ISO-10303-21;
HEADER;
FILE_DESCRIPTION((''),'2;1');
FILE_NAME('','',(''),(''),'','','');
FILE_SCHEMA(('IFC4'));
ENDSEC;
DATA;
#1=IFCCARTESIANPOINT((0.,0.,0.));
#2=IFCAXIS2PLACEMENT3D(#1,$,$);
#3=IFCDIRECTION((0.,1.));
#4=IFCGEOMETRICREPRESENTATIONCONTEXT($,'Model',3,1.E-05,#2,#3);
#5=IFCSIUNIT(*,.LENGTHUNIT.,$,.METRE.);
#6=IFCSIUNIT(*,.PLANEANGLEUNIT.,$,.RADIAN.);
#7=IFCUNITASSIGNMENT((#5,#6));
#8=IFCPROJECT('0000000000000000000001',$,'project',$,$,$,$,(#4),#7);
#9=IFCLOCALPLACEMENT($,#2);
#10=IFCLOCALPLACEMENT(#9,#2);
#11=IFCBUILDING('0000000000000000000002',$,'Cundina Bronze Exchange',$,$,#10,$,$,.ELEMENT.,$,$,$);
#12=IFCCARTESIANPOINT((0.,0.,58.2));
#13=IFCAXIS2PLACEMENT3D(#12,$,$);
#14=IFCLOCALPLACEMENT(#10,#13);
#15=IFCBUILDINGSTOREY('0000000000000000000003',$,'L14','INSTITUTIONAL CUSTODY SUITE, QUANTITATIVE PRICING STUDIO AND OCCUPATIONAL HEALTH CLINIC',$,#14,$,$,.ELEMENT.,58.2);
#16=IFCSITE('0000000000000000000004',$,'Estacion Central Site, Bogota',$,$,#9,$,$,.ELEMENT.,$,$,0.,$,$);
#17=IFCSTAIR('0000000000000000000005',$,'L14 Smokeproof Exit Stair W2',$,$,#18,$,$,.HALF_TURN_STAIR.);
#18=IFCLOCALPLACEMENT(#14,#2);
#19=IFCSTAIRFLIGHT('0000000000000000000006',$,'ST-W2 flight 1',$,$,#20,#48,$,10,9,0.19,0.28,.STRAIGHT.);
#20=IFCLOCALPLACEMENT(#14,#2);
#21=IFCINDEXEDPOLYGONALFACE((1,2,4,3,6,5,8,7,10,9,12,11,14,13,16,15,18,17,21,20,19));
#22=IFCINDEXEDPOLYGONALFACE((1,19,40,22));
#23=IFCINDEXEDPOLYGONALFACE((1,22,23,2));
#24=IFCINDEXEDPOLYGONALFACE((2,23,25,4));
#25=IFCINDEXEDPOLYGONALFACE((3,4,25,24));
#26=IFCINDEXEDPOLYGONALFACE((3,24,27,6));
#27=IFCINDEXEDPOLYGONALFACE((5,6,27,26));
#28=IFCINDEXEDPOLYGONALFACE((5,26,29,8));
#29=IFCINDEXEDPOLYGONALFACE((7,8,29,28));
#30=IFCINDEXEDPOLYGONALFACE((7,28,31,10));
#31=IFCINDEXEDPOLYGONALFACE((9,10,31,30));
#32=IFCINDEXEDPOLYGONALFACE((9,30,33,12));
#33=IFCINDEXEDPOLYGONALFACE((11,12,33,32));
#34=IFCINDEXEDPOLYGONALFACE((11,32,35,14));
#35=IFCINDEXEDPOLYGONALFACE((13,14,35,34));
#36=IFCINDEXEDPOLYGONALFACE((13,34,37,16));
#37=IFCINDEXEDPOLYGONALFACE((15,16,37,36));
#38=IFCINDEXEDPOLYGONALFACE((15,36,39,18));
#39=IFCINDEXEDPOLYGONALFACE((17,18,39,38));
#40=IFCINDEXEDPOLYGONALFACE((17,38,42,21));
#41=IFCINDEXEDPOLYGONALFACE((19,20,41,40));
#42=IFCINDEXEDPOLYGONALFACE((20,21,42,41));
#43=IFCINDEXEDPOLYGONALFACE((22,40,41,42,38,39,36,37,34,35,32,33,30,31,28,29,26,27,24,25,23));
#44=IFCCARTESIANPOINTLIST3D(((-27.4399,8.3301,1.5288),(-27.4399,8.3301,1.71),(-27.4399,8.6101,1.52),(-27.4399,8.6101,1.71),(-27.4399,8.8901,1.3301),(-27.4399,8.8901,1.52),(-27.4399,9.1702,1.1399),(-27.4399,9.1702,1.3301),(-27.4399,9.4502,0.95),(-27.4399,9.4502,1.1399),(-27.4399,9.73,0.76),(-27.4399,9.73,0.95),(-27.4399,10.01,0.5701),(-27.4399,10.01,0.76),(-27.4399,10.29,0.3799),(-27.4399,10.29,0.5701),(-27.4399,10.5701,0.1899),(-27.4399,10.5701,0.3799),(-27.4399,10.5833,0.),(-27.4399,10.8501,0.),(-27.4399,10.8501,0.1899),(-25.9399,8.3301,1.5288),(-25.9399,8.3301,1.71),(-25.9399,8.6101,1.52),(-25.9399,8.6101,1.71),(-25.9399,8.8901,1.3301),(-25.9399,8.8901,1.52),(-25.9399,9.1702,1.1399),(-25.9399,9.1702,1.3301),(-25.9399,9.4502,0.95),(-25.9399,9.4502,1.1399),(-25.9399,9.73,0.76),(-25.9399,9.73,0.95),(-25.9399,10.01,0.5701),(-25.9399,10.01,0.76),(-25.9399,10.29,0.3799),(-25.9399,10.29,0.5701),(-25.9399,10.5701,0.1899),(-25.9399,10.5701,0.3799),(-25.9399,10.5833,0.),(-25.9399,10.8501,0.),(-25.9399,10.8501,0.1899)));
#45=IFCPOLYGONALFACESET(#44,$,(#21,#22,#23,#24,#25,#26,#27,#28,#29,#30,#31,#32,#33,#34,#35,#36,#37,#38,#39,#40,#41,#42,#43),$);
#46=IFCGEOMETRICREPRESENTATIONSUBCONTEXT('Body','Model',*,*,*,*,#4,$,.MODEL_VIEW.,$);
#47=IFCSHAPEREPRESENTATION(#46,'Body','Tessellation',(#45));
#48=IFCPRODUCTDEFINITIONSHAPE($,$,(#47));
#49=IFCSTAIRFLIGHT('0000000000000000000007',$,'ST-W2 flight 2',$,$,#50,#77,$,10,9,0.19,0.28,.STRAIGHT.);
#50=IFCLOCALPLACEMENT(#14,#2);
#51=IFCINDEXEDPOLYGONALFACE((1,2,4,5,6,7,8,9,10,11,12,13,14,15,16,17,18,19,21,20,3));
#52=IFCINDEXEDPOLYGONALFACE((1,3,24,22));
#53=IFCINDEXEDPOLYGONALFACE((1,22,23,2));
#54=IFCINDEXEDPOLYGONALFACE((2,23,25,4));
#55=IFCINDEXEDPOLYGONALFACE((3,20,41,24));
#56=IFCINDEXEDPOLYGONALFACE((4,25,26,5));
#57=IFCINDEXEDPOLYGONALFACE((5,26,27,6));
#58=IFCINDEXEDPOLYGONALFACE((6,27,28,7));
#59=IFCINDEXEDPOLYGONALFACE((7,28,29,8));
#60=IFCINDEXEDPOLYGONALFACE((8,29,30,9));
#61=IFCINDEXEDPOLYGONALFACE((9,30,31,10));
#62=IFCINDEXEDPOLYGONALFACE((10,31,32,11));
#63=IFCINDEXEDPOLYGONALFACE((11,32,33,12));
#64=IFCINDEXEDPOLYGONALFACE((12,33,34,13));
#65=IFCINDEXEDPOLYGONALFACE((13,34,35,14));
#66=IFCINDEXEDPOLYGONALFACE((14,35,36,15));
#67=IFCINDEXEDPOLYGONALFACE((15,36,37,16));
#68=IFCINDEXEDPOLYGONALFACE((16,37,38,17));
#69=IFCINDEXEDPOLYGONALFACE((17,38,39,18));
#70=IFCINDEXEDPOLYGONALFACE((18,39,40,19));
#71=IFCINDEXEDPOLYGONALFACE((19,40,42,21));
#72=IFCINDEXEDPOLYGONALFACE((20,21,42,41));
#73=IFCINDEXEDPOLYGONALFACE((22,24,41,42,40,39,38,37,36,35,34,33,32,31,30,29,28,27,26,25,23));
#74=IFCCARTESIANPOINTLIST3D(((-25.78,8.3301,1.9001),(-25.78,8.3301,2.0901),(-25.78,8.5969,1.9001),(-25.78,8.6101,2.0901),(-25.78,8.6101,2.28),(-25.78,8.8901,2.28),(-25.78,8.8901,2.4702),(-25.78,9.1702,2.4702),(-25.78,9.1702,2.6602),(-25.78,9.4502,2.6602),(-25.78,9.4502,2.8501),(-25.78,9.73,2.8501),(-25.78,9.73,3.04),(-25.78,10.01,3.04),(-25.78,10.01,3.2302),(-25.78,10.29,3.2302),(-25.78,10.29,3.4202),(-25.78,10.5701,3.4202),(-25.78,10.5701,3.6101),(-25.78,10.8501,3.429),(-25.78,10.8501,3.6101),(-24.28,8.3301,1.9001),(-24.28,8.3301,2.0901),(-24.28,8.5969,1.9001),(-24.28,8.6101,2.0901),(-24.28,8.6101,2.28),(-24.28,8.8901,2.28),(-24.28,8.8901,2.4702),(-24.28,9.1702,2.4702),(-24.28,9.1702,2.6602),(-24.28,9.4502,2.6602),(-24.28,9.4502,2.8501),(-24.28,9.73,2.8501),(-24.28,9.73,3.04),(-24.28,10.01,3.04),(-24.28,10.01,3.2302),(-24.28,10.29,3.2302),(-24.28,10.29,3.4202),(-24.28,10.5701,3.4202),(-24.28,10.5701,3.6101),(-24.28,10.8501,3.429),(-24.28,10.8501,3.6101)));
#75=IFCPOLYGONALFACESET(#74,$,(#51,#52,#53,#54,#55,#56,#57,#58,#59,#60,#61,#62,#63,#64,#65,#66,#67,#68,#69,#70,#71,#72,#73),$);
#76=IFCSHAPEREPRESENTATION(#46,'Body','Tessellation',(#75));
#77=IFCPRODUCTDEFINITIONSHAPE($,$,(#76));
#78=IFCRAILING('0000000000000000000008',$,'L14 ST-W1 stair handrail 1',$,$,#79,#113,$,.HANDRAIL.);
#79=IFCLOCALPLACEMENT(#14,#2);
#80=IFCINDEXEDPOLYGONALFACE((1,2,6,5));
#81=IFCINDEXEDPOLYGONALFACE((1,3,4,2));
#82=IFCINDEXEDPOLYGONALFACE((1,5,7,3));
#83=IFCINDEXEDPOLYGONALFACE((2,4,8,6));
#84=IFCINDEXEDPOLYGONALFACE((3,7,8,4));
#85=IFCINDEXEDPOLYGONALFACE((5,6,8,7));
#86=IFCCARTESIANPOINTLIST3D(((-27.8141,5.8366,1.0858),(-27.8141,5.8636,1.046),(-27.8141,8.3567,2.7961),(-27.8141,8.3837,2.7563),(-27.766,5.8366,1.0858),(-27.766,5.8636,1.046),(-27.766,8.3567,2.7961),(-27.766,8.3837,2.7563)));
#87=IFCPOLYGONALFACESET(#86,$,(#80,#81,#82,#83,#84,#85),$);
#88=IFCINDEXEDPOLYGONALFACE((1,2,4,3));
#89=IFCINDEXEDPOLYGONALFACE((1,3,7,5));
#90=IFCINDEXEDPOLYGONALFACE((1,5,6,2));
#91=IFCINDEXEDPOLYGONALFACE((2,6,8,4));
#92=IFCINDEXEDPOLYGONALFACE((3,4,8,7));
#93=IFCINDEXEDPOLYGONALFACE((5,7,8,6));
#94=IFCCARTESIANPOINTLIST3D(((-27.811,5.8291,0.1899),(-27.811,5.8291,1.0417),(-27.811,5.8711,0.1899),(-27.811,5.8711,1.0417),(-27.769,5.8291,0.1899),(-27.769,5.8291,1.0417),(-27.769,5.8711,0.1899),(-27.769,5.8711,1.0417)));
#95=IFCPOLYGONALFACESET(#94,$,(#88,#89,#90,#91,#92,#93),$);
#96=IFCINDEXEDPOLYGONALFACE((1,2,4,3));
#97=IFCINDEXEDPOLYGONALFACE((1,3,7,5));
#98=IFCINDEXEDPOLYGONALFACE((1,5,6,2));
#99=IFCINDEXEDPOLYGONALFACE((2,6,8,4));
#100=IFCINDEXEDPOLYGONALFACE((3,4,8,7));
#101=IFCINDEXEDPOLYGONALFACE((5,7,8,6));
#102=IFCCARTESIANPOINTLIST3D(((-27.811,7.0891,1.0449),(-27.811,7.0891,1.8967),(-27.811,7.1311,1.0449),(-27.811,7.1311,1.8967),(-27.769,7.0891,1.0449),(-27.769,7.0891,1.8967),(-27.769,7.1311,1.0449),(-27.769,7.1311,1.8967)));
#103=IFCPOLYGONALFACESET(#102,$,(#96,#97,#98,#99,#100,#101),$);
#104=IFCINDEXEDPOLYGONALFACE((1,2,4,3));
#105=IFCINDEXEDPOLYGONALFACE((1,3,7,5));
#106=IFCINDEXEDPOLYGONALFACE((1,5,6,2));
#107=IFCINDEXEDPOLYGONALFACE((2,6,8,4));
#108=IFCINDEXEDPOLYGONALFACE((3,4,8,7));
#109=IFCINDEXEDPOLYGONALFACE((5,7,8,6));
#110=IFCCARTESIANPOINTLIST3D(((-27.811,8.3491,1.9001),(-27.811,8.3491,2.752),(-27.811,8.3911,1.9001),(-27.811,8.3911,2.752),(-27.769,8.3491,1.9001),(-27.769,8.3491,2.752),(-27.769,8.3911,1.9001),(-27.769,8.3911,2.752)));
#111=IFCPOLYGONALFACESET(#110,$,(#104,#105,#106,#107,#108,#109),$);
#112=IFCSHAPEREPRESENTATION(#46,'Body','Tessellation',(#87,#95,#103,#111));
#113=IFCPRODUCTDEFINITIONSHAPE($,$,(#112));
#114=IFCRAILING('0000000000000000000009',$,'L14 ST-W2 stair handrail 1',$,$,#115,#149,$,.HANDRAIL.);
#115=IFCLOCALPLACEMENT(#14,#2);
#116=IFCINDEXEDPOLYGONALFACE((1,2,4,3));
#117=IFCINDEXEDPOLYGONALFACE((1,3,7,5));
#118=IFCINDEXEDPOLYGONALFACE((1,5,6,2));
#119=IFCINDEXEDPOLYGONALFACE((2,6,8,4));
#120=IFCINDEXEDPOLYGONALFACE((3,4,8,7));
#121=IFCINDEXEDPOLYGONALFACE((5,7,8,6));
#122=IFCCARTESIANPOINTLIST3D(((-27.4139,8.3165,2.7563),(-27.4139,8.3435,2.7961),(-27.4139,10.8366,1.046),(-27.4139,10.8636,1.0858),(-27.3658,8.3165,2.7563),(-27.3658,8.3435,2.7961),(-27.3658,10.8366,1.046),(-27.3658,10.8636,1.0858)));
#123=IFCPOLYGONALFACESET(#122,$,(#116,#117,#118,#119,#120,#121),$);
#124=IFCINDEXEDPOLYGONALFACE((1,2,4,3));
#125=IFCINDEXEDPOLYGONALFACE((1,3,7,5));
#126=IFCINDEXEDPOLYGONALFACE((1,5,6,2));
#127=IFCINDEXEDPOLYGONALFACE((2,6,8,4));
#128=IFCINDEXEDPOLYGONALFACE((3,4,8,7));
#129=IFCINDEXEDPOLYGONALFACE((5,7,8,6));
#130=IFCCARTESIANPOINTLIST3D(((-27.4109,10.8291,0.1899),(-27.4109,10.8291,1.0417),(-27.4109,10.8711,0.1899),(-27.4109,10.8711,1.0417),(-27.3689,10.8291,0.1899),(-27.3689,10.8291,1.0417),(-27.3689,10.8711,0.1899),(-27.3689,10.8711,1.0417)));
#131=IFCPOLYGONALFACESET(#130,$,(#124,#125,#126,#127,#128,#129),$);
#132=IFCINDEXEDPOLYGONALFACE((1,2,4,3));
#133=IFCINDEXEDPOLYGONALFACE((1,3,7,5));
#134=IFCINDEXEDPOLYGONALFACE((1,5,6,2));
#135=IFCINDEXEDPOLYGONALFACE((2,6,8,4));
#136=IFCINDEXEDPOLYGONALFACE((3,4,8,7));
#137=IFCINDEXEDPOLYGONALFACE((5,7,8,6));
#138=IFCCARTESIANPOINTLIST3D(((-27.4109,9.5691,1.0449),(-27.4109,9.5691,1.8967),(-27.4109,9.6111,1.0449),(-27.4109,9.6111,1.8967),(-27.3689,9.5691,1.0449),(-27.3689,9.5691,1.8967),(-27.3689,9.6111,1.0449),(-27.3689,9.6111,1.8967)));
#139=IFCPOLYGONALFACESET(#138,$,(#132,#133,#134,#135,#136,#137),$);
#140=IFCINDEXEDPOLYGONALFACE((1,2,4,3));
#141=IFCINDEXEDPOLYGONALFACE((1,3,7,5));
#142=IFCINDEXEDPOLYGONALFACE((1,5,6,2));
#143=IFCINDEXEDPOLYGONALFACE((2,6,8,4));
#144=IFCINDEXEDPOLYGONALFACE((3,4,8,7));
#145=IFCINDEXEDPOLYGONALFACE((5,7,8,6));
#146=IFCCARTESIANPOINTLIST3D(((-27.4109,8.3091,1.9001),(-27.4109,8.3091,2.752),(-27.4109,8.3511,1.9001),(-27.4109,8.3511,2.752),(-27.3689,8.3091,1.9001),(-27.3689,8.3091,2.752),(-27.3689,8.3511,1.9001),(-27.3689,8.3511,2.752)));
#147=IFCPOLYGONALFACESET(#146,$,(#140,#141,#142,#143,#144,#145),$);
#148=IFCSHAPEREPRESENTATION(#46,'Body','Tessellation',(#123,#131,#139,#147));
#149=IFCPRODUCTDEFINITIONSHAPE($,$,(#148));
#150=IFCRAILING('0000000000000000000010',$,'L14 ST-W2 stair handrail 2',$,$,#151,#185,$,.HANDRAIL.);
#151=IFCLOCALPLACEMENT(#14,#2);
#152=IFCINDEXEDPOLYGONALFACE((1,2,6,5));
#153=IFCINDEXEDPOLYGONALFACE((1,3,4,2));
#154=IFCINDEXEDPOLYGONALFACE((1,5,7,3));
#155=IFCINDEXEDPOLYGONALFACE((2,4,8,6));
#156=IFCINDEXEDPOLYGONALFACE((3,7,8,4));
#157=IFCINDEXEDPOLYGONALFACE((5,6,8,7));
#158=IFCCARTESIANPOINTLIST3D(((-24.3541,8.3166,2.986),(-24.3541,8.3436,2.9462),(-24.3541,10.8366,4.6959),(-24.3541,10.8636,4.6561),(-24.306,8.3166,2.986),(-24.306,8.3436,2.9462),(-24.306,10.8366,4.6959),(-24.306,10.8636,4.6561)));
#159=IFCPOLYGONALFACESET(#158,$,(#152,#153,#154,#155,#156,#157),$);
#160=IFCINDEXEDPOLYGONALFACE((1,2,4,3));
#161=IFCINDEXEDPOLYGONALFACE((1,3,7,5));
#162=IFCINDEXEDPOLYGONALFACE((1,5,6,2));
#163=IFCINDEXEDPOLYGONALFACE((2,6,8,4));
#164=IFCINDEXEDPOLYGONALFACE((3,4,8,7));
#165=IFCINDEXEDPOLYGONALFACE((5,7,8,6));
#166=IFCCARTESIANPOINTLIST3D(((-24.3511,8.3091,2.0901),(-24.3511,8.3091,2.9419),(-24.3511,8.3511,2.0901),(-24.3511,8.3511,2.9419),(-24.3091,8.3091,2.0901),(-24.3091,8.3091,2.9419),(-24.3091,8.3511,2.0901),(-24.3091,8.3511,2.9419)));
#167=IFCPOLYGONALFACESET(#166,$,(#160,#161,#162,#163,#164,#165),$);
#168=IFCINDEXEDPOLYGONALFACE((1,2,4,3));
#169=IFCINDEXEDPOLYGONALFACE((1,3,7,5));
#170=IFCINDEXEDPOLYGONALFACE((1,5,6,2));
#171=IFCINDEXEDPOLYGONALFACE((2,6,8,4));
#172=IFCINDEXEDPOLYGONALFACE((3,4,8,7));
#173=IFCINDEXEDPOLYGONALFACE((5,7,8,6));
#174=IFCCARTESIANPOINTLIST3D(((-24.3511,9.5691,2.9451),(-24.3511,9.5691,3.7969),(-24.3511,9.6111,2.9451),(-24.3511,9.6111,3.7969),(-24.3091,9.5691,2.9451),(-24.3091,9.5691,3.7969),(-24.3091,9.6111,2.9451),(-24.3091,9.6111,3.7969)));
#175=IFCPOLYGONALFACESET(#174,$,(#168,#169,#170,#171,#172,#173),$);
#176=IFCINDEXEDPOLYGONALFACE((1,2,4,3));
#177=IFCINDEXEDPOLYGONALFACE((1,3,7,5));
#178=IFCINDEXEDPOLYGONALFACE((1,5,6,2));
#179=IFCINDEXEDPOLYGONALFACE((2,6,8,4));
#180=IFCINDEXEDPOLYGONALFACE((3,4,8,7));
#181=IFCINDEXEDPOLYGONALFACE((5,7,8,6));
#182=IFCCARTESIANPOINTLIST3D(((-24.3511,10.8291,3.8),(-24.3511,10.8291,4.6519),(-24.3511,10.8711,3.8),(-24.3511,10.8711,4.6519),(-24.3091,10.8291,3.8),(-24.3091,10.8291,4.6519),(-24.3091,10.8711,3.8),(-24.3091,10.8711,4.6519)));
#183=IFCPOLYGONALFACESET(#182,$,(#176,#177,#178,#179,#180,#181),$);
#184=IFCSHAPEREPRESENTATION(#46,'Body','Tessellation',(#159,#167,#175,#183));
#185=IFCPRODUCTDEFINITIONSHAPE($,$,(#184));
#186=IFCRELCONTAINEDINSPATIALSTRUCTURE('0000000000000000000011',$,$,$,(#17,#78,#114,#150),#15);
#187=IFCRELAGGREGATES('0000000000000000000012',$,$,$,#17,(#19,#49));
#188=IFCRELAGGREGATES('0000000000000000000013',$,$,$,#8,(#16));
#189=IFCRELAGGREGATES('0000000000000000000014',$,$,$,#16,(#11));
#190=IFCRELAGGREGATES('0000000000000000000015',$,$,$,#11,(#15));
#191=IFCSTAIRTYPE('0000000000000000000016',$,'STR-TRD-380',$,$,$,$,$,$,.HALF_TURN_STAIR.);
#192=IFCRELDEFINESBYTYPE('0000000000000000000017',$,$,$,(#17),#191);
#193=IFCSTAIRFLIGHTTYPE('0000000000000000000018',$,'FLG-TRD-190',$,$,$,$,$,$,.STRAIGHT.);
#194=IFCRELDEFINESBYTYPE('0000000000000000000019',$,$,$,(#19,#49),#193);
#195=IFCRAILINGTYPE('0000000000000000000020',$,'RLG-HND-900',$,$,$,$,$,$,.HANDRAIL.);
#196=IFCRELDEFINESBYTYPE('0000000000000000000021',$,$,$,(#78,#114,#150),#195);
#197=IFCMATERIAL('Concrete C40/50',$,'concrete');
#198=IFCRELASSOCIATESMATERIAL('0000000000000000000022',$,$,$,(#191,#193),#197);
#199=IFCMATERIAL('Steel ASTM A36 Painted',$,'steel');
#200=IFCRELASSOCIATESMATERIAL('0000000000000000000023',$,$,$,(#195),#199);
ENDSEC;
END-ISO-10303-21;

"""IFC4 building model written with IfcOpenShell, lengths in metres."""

from ifc_helpers import new_model, si_unit, direction, frame, origin, origin_2d, place, context, subcontext, project, spatial, polyline, rectangle, outline, extrude, material, type_object, element, aggregate, save


model = new_model("IFC4")

# Units and contexts
model_context = context("Model", 3, precision=1e-05, world=origin(), true_north=direction((0.0, 1.0)))
body_context = subcontext(model_context, "Body", "Model", "MODEL_VIEW")
ifc_project = project(units=[si_unit("LENGTHUNIT", "METRE"), si_unit("PLANEANGLEUNIT", "RADIAN")], contexts=[model_context])

# Site, building, storey
site_placement = place(None, origin())
site = spatial("IfcSite", under=ifc_project, at=site_placement, Name="Estacion Central Site, Bogota", CompositionType="ELEMENT", RefElevation=0.0)
building_placement = place(site_placement, origin())
building = spatial("IfcBuilding", under=site, at=building_placement, Name="Cundina Bronze Exchange", CompositionType="ELEMENT")
storey_placement = place(building_placement, frame((0.0, 0.0, 58.2)))
storey = spatial("IfcBuildingStorey", under=building, at=storey_placement, Name="L14", Description="INSTITUTIONAL CUSTODY SUITE, QUANTITATIVE PRICING STUDIO AND OCCUPATIONAL HEALTH CLINIC", CompositionType="ELEMENT", Elevation=58.2)

# Shared definitions
ifc_material_1 = material(Name="Steel ASTM A36 Painted", Category="steel")

# Stair, stair flights
ifc_material_2 = material(Name="Concrete C40/50", Category="concrete")
stair_type = type_object("IfcStairType", Name="STR-TRD-380", PredefinedType="HALF_TURN_STAIR", material=ifc_material_2)
stair_placement = place(storey_placement, origin())
stair = element("IfcStair", 1, at=stair_placement, inside=storey, type_object=stair_type, Name="L14 Smokeproof Exit Stair W2", PredefinedType="HALF_TURN_STAIR")
stair_flight_type = type_object("IfcStairFlightType", Name="FLG-TRD-190", PredefinedType="STRAIGHT", material=ifc_material_2)
stair_flight_1_placement = place(storey_placement, frame((-26.6899, 10.8501, 0.0), z_axis=(0.0, 0.0, 1.0), x_axis=(0.0, -1.0, 0.0)))
stair_flight_1 = element("IfcStairFlight", 2, at=stair_flight_1_placement, type_object=stair_flight_type, Name="ST-W2 flight 1", NumberOfRisers=10, NumberOfTreads=9, PredefinedType="STRAIGHT", RiserHeight=0.19, TreadLength=0.28, context=body_context, shape_type="SweptSolid", body=[
    extrude(outline(polyline([(0.0, 0.0), (0.0, 0.1899), (0.28, 0.1899), (0.28, 0.3799), (0.5601, 0.3799), (0.5601, 0.5701), (0.8401, 0.5701), (0.8401, 0.76), (1.1201, 0.76), (1.1201, 0.95), (1.3999, 0.95), (1.3999, 1.1399), (1.6799, 1.1399), (1.6799, 1.3301), (1.96, 1.3301), (1.96, 1.52), (2.24, 1.52), (2.24, 1.71), (2.52, 1.71), (2.52, 1.8999), (2.52, 1.5288), (0.2668, 0.0), (0.0, 0.0)])), frame((0.0, 0.75, 0.0), z_axis=(0.0, -1.0, 0.0), x_axis=(1.0, 0.0, 0.0)), (0.0, 0.0, 1.0), 1.5),
])
stair_flight_2_placement = place(storey_placement, frame((-25.03, 8.3301, 1.9001), z_axis=(0.0, 0.0, 1.0), x_axis=(0.0, 1.0, 0.0)))
stair_flight_2 = element("IfcStairFlight", 3, at=stair_flight_2_placement, type_object=stair_flight_type, Name="ST-W2 flight 2", NumberOfRisers=10, NumberOfTreads=9, PredefinedType="STRAIGHT", RiserHeight=0.19, TreadLength=0.28, context=body_context, shape_type="SweptSolid", body=[
    extrude(outline(polyline([(0.0, 0.0), (0.0, 0.1899), (0.28, 0.1899), (0.28, 0.3799), (0.5601, 0.3799), (0.5601, 0.5701), (0.8401, 0.5701), (0.8401, 0.76), (1.1201, 0.76), (1.1201, 0.95), (1.3999, 0.95), (1.3999, 1.1399), (1.6799, 1.1399), (1.6799, 1.3301), (1.96, 1.3301), (1.96, 1.52), (2.24, 1.52), (2.24, 1.71), (2.52, 1.71), (2.52, 1.8999), (2.52, 1.5288), (0.2668, 0.0), (0.0, 0.0)])), frame((0.0, 0.75, 0.0), z_axis=(0.0, -1.0, 0.0), x_axis=(1.0, 0.0, 0.0)), (0.0, 0.0, 1.0), 1.5),
])
aggregate(stair, [stair_flight_1, stair_flight_2])

# Railings
railing_type_1 = type_object("IfcRailingType", Name="RLG-HND-900", PredefinedType="HANDRAIL", material=ifc_material_1)
railing_1_placement = place(storey_placement, frame((-27.79, 5.8501, 0.1899)))
element("IfcRailing", 4, at=railing_1_placement, inside=storey, type_object=railing_type_1, Name="L14 ST-W1 stair handrail 1", PredefinedType="HANDRAIL", context=body_context, shape_type="SweptSolid", body=[
    extrude(rectangle(XDim=0.0481, YDim=0.0481, at=origin_2d()), frame((0.0, 0.0, 0.876), z_axis=(0.0, 0.827447, 0.561545), x_axis=(-1.0, 0.0, 0.0)), (0.0, 0.0, 1.0), 3.0457),
    extrude(rectangle(XDim=0.042, YDim=0.042, at=origin_2d()), origin(), (0.0, 0.0, 1.0), 0.8518),
    extrude(rectangle(XDim=0.042, YDim=0.042, at=origin_2d()), frame((0.0, 1.26, 0.855)), (0.0, 0.0, 1.0), 0.8518),
    extrude(rectangle(XDim=0.042, YDim=0.042, at=origin_2d()), frame((0.0, 2.52, 1.7102)), (0.0, 0.0, 1.0), 0.8518),
])
railing_2_placement = place(storey_placement, frame((-27.3899, 10.8501, 0.1899)))
element("IfcRailing", 5, at=railing_2_placement, inside=storey, type_object=railing_type_1, Name="L14 ST-W2 stair handrail 1", PredefinedType="HANDRAIL", context=body_context, shape_type="SweptSolid", body=[
    extrude(rectangle(XDim=0.0481, YDim=0.0481, at=origin_2d()), frame((0.0, 0.0, 0.876), z_axis=(0.0, -0.827447, 0.561545), x_axis=(1.0, 0.0, 0.0)), (0.0, 0.0, 1.0), 3.0457),
    extrude(rectangle(XDim=0.042, YDim=0.042, at=origin_2d()), origin(), (0.0, 0.0, 1.0), 0.8518),
    extrude(rectangle(XDim=0.042, YDim=0.042, at=origin_2d()), frame((0.0, -1.26, 0.855)), (0.0, 0.0, 1.0), 0.8518),
    extrude(rectangle(XDim=0.042, YDim=0.042, at=origin_2d()), frame((0.0, -2.52, 1.7102)), (0.0, 0.0, 1.0), 0.8518),
])
railing_3_placement = place(storey_placement, frame((-24.3301, 8.3301, 2.0901)))
element("IfcRailing", 6, at=railing_3_placement, inside=storey, type_object=railing_type_1, Name="L14 ST-W2 stair handrail 2", PredefinedType="HANDRAIL", context=body_context, shape_type="SweptSolid", body=[
    extrude(rectangle(XDim=0.0481, YDim=0.0481, at=origin_2d()), frame((0.0, 0.0, 0.876), z_axis=(0.0, 0.827484, 0.56149), x_axis=(-1.0, 0.0, 0.0)), (0.0, 0.0, 1.0), 3.0454),
    extrude(rectangle(XDim=0.042, YDim=0.042, at=origin_2d()), origin(), (0.0, 0.0, 1.0), 0.8518),
    extrude(rectangle(XDim=0.042, YDim=0.042, at=origin_2d()), frame((0.0, 1.26, 0.855)), (0.0, 0.0, 1.0), 0.8518),
    extrude(rectangle(XDim=0.042, YDim=0.042, at=origin_2d()), frame((0.0, 2.52, 1.71)), (0.0, 0.0, 1.0), 0.8518),
])

save(model, "model.ifc")
